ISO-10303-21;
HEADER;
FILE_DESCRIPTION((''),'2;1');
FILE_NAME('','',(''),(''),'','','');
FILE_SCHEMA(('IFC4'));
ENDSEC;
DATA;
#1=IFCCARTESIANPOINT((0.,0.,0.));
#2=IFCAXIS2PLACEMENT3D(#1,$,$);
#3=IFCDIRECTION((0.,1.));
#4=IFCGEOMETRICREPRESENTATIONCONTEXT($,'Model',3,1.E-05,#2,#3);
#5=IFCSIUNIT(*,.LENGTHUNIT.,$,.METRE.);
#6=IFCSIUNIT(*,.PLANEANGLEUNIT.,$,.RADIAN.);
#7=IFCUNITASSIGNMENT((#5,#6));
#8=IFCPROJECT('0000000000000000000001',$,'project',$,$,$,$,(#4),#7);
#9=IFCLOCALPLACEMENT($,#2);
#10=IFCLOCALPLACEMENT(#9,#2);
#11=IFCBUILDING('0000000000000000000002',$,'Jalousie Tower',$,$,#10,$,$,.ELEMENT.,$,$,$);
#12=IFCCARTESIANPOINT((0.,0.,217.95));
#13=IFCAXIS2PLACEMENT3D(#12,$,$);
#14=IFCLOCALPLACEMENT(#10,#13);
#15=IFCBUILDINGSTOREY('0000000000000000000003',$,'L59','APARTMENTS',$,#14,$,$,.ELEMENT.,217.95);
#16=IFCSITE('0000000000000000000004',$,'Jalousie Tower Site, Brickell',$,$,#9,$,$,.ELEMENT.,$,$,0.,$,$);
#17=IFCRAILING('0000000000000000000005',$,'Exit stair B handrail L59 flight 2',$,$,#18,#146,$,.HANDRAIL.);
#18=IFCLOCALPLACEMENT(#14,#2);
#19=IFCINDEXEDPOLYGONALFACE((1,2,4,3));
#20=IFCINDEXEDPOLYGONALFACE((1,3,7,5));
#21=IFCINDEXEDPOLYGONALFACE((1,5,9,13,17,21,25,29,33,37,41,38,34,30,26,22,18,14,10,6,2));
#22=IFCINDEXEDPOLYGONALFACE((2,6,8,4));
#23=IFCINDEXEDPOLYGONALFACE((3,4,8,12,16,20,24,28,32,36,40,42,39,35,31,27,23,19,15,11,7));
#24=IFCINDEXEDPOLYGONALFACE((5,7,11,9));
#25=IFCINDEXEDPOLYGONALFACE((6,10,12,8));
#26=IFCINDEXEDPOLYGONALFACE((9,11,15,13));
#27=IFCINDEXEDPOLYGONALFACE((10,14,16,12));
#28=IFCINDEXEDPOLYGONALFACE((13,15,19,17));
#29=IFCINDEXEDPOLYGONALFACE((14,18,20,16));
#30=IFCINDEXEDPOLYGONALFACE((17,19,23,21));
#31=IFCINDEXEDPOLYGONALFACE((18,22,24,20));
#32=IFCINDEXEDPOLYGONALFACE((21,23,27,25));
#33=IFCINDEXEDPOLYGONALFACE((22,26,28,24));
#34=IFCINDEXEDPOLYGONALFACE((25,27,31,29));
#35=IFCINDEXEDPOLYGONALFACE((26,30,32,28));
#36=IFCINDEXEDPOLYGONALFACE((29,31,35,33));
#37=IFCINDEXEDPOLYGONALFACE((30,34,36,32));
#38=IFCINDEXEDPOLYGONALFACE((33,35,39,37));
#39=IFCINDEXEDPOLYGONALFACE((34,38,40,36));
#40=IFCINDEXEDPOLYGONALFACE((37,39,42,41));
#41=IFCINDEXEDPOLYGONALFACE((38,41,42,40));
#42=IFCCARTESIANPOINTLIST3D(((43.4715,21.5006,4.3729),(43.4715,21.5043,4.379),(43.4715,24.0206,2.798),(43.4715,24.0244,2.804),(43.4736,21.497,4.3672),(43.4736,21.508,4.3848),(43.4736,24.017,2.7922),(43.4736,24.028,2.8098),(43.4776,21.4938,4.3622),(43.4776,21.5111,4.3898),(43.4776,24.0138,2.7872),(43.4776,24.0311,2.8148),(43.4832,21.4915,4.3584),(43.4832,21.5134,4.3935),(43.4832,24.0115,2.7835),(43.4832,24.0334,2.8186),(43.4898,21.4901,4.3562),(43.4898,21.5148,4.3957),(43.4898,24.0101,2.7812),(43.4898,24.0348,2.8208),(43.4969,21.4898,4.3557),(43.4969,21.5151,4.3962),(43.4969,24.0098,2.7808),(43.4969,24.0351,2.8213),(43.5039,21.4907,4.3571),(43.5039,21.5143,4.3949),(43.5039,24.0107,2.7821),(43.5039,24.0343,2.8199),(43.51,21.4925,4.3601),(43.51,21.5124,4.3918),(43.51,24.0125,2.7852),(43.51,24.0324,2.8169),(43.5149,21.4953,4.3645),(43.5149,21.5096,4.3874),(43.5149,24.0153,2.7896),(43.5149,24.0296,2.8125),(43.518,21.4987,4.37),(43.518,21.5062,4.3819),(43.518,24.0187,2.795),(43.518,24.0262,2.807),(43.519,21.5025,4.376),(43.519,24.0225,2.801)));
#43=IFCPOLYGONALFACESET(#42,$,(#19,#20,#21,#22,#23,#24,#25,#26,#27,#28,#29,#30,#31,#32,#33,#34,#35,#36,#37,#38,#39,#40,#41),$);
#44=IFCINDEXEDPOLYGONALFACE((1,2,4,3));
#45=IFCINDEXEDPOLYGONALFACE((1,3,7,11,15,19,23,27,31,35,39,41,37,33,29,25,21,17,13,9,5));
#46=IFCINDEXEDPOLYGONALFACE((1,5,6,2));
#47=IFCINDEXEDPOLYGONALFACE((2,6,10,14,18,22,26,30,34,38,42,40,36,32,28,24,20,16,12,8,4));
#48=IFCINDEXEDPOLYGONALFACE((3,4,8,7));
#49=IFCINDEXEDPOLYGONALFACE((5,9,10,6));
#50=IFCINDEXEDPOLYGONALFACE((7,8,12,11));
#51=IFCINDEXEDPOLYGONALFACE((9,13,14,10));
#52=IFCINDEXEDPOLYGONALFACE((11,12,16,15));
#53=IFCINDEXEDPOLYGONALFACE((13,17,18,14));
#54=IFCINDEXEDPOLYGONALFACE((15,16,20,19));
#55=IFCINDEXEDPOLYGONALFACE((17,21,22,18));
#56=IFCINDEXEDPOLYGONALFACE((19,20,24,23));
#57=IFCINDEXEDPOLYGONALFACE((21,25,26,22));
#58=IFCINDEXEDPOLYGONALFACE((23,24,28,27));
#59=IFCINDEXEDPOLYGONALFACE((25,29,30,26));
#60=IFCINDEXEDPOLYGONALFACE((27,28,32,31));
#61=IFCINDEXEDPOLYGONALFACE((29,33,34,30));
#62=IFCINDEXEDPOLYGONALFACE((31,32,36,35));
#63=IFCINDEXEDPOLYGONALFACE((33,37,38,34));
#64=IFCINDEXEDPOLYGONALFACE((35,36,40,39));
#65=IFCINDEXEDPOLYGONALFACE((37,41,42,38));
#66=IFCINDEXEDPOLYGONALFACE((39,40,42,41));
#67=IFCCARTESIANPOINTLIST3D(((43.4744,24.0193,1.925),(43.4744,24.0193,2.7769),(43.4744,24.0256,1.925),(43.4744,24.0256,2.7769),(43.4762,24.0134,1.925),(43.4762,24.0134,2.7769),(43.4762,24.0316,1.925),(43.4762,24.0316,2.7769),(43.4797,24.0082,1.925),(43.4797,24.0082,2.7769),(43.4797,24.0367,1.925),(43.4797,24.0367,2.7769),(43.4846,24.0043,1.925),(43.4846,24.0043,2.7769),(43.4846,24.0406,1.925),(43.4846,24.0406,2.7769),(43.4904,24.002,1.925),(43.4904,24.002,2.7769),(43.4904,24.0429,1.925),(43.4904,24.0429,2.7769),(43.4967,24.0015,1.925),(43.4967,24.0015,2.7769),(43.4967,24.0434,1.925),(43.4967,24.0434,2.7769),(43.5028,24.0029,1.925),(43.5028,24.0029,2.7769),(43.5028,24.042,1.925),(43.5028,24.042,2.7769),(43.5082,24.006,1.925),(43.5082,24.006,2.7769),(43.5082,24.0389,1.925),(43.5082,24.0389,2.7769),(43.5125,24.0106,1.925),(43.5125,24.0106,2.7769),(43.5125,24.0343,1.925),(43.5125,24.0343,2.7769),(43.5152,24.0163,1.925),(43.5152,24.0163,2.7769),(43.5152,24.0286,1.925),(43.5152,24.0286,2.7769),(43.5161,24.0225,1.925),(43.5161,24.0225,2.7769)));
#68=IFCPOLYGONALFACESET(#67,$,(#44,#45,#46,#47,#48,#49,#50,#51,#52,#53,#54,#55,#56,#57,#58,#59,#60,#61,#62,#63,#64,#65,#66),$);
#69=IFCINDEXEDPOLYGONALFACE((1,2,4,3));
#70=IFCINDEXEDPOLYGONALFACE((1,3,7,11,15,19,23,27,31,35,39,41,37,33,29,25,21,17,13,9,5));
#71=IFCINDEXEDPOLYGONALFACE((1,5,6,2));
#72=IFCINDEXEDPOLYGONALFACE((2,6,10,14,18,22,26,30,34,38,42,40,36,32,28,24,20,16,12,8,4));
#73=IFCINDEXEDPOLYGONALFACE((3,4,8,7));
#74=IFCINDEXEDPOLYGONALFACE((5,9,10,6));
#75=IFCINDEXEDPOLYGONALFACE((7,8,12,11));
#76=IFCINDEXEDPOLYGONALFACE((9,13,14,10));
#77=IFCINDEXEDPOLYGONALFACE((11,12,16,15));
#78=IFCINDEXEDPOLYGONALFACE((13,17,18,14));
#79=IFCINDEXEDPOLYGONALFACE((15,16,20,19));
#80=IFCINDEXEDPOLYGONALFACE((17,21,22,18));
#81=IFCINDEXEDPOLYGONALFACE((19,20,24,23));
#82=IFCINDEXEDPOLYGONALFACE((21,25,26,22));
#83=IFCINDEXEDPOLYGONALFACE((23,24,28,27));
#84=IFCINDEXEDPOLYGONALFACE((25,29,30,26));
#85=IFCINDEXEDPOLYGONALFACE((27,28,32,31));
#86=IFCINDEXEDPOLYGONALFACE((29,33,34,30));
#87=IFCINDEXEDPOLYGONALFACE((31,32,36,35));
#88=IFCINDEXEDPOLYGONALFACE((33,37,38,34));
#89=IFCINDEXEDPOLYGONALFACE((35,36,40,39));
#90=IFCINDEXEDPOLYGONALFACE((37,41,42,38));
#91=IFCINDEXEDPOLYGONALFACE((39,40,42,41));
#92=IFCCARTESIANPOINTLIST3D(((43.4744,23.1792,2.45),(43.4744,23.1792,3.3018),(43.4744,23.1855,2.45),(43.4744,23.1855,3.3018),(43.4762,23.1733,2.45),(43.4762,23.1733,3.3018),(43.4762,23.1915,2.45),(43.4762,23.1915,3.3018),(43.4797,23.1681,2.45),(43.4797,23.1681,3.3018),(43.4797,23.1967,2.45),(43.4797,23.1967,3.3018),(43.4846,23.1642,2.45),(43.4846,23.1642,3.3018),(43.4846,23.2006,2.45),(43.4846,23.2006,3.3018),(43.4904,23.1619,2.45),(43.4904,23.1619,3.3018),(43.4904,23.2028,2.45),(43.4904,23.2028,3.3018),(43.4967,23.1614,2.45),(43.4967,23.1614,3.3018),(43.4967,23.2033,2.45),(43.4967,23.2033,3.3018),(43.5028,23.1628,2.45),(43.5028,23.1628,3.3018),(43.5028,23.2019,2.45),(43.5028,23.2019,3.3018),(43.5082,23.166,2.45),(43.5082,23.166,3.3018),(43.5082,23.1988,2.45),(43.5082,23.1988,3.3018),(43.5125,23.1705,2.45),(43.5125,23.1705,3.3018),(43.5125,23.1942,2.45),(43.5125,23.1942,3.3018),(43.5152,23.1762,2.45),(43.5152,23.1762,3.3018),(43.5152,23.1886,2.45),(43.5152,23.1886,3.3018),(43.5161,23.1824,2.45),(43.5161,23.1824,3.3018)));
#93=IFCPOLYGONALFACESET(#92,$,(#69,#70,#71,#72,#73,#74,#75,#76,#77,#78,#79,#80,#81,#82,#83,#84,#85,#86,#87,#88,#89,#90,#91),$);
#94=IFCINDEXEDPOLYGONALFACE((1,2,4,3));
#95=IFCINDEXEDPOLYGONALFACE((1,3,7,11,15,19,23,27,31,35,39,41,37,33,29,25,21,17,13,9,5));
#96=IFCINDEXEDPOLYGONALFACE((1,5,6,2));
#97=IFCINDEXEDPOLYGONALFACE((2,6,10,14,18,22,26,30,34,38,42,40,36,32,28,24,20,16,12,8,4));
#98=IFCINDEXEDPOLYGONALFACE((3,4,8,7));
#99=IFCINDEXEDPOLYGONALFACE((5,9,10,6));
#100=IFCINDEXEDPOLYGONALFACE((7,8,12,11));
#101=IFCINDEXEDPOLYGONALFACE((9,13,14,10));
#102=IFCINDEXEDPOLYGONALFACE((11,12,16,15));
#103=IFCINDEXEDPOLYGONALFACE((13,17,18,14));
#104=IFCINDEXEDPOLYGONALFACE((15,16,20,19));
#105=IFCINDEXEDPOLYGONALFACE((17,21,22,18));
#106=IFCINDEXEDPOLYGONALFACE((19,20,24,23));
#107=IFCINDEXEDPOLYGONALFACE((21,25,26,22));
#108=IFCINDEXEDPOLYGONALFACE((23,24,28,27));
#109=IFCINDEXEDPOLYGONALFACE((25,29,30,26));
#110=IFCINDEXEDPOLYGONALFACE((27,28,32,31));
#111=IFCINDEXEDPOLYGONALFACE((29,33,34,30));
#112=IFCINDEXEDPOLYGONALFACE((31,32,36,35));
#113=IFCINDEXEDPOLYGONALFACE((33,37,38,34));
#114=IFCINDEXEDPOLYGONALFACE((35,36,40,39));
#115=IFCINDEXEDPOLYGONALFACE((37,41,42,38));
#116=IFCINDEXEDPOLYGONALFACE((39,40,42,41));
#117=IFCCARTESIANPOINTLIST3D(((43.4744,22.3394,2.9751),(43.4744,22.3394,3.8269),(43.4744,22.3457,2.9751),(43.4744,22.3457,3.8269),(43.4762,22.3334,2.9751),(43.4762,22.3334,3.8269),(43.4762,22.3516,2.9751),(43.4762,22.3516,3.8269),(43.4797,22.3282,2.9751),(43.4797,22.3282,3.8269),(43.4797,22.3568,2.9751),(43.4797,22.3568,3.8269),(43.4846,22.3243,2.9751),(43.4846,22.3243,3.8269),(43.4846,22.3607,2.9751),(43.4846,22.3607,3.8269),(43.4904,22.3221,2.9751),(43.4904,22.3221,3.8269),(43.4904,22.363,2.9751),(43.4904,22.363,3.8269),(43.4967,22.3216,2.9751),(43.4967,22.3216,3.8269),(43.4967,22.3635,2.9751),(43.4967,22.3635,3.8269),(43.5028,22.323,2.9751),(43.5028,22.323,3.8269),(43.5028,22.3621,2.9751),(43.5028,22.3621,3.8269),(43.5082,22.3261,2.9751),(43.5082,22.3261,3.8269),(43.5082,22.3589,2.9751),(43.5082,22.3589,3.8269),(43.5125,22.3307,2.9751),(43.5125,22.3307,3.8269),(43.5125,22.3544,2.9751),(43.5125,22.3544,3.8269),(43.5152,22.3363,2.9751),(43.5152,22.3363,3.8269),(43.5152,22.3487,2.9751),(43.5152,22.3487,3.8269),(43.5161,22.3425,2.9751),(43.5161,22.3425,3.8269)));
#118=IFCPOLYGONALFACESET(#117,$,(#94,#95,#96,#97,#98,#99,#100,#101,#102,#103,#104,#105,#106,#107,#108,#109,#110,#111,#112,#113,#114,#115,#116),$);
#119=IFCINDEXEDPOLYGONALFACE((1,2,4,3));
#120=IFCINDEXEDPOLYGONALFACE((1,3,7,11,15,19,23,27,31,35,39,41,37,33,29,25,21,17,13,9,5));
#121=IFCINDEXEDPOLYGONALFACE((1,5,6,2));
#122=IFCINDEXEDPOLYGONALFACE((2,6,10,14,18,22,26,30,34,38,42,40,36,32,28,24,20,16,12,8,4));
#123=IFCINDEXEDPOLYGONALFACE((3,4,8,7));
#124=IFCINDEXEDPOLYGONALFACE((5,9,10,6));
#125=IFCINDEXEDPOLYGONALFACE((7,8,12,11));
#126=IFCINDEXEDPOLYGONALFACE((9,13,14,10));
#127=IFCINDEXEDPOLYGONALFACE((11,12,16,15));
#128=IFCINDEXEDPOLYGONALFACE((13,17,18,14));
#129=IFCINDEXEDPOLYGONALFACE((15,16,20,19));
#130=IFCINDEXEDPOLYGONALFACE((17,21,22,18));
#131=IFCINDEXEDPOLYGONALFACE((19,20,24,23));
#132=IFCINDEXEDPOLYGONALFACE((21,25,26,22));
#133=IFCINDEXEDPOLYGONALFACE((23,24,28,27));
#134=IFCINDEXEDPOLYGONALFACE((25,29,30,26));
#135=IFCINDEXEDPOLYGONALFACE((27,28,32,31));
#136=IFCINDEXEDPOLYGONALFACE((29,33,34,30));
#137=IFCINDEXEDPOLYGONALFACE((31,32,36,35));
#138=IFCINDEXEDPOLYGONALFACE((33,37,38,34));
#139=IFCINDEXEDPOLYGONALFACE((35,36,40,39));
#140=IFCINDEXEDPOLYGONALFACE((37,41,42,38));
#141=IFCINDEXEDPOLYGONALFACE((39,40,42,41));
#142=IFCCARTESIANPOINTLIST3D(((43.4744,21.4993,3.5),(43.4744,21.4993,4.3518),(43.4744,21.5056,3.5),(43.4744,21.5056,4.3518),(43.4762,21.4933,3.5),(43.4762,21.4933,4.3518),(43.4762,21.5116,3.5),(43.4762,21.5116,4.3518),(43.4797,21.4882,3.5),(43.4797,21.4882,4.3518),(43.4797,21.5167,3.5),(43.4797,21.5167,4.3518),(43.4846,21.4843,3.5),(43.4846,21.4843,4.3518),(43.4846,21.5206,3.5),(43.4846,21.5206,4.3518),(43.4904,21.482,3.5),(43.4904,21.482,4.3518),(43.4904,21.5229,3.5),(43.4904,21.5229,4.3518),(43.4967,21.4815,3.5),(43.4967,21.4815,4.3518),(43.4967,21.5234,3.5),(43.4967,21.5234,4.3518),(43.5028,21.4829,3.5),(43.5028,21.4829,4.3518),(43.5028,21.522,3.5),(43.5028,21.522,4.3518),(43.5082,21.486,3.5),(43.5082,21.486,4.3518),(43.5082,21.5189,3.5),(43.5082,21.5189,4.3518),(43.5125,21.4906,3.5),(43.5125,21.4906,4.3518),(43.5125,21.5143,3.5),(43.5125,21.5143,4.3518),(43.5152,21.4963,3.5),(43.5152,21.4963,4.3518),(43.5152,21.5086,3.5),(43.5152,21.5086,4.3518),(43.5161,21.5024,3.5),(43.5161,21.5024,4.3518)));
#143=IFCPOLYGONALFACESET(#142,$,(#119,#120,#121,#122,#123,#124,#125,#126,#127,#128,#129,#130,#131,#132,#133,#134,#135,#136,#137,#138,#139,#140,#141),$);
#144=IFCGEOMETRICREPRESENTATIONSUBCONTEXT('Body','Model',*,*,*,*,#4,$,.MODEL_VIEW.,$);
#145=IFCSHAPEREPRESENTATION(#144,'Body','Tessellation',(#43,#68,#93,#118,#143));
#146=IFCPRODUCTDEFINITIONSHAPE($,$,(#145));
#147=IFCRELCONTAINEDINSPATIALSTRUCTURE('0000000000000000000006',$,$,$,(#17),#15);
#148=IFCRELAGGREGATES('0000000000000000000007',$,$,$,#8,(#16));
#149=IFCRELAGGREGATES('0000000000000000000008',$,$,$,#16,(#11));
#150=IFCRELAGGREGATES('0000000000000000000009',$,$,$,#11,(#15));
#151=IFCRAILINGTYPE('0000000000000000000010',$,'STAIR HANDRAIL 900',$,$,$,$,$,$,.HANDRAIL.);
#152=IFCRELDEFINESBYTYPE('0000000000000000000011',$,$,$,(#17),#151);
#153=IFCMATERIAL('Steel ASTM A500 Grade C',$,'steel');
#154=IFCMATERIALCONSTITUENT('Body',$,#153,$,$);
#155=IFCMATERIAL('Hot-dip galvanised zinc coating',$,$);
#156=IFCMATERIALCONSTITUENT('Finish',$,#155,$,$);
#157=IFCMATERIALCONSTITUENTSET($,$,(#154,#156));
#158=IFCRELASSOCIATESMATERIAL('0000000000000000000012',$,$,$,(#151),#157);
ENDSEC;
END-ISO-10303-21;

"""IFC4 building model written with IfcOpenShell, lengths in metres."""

from ifc_helpers import new_model, si_unit, direction, frame, origin, origin_2d, place, context, subcontext, project, spatial, circle, extrude, material, constituent, constituent_set, type_object, element, save


model = new_model("IFC4")

# Units and contexts
model_context = context("Model", 3, precision=1e-05, world=origin(), true_north=direction((0.0, 1.0)))
body_context = subcontext(model_context, "Body", "Model", "MODEL_VIEW")
ifc_project = project(units=[si_unit("LENGTHUNIT", "METRE"), si_unit("PLANEANGLEUNIT", "RADIAN")], contexts=[model_context])

# Site, building, storey
site_placement = place(None, origin())
site = spatial("IfcSite", under=ifc_project, at=site_placement, Name="Jalousie Tower Site, Brickell", CompositionType="ELEMENT", RefElevation=0.0)
building_placement = place(site_placement, origin())
building = spatial("IfcBuilding", under=site, at=building_placement, Name="Jalousie Tower", CompositionType="ELEMENT")
storey_placement = place(building_placement, frame((0.0, 0.0, 217.95)))
storey = spatial("IfcBuildingStorey", under=building, at=storey_placement, Name="L59", Description="APARTMENTS", CompositionType="ELEMENT", Elevation=217.95)

# Railing
ifc_material_1 = material(Name="Steel ASTM A500 Grade C", Category="steel")
ifc_constituent_1 = constituent(ifc_material_1, Name="Body")
ifc_material_2 = material(Name="Hot-dip galvanised zinc coating")
ifc_constituent_2 = constituent(ifc_material_2, Name="Finish")
ifc_constituent_set_1 = constituent_set(constituents=[ifc_constituent_1, ifc_constituent_2])
railing_type_1 = type_object("IfcRailingType", Name="STAIR HANDRAIL 900", PredefinedType="HANDRAIL", material=ifc_constituent_set_1)
railing_1_placement = place(storey_placement, frame((43.4951, 24.0225, 1.925)))
element("IfcRailing", 1, at=railing_1_placement, inside=storey, type_object=railing_type_1, Name="Exit stair B handrail L59 flight 2", PredefinedType="HANDRAIL", context=body_context, shape_type="SweptSolid", body=[
    extrude(circle(Radius=0.0239, at=origin_2d()), frame((0.0, 0.0, 0.876), z_axis=(0.0, -0.848008, 0.529984), x_axis=(1.0, 0.0, 0.0)), (0.0, 0.0, 1.0), 2.9717),
    extrude(circle(Radius=0.021, at=origin_2d()), origin(), (0.0, 0.0, 1.0), 0.8518),
    extrude(circle(Radius=0.021, at=origin_2d()), frame((0.0, -0.8401, 0.5249)), (0.0, 0.0, 1.0), 0.8518),
    extrude(circle(Radius=0.021, at=origin_2d()), frame((0.0, -1.6799, 1.05)), (0.0, 0.0, 1.0), 0.8518),
    extrude(circle(Radius=0.021, at=origin_2d()), frame((0.0, -2.52, 1.575)), (0.0, 0.0, 1.0), 0.8518),
])

save(model, "model.ifc")
